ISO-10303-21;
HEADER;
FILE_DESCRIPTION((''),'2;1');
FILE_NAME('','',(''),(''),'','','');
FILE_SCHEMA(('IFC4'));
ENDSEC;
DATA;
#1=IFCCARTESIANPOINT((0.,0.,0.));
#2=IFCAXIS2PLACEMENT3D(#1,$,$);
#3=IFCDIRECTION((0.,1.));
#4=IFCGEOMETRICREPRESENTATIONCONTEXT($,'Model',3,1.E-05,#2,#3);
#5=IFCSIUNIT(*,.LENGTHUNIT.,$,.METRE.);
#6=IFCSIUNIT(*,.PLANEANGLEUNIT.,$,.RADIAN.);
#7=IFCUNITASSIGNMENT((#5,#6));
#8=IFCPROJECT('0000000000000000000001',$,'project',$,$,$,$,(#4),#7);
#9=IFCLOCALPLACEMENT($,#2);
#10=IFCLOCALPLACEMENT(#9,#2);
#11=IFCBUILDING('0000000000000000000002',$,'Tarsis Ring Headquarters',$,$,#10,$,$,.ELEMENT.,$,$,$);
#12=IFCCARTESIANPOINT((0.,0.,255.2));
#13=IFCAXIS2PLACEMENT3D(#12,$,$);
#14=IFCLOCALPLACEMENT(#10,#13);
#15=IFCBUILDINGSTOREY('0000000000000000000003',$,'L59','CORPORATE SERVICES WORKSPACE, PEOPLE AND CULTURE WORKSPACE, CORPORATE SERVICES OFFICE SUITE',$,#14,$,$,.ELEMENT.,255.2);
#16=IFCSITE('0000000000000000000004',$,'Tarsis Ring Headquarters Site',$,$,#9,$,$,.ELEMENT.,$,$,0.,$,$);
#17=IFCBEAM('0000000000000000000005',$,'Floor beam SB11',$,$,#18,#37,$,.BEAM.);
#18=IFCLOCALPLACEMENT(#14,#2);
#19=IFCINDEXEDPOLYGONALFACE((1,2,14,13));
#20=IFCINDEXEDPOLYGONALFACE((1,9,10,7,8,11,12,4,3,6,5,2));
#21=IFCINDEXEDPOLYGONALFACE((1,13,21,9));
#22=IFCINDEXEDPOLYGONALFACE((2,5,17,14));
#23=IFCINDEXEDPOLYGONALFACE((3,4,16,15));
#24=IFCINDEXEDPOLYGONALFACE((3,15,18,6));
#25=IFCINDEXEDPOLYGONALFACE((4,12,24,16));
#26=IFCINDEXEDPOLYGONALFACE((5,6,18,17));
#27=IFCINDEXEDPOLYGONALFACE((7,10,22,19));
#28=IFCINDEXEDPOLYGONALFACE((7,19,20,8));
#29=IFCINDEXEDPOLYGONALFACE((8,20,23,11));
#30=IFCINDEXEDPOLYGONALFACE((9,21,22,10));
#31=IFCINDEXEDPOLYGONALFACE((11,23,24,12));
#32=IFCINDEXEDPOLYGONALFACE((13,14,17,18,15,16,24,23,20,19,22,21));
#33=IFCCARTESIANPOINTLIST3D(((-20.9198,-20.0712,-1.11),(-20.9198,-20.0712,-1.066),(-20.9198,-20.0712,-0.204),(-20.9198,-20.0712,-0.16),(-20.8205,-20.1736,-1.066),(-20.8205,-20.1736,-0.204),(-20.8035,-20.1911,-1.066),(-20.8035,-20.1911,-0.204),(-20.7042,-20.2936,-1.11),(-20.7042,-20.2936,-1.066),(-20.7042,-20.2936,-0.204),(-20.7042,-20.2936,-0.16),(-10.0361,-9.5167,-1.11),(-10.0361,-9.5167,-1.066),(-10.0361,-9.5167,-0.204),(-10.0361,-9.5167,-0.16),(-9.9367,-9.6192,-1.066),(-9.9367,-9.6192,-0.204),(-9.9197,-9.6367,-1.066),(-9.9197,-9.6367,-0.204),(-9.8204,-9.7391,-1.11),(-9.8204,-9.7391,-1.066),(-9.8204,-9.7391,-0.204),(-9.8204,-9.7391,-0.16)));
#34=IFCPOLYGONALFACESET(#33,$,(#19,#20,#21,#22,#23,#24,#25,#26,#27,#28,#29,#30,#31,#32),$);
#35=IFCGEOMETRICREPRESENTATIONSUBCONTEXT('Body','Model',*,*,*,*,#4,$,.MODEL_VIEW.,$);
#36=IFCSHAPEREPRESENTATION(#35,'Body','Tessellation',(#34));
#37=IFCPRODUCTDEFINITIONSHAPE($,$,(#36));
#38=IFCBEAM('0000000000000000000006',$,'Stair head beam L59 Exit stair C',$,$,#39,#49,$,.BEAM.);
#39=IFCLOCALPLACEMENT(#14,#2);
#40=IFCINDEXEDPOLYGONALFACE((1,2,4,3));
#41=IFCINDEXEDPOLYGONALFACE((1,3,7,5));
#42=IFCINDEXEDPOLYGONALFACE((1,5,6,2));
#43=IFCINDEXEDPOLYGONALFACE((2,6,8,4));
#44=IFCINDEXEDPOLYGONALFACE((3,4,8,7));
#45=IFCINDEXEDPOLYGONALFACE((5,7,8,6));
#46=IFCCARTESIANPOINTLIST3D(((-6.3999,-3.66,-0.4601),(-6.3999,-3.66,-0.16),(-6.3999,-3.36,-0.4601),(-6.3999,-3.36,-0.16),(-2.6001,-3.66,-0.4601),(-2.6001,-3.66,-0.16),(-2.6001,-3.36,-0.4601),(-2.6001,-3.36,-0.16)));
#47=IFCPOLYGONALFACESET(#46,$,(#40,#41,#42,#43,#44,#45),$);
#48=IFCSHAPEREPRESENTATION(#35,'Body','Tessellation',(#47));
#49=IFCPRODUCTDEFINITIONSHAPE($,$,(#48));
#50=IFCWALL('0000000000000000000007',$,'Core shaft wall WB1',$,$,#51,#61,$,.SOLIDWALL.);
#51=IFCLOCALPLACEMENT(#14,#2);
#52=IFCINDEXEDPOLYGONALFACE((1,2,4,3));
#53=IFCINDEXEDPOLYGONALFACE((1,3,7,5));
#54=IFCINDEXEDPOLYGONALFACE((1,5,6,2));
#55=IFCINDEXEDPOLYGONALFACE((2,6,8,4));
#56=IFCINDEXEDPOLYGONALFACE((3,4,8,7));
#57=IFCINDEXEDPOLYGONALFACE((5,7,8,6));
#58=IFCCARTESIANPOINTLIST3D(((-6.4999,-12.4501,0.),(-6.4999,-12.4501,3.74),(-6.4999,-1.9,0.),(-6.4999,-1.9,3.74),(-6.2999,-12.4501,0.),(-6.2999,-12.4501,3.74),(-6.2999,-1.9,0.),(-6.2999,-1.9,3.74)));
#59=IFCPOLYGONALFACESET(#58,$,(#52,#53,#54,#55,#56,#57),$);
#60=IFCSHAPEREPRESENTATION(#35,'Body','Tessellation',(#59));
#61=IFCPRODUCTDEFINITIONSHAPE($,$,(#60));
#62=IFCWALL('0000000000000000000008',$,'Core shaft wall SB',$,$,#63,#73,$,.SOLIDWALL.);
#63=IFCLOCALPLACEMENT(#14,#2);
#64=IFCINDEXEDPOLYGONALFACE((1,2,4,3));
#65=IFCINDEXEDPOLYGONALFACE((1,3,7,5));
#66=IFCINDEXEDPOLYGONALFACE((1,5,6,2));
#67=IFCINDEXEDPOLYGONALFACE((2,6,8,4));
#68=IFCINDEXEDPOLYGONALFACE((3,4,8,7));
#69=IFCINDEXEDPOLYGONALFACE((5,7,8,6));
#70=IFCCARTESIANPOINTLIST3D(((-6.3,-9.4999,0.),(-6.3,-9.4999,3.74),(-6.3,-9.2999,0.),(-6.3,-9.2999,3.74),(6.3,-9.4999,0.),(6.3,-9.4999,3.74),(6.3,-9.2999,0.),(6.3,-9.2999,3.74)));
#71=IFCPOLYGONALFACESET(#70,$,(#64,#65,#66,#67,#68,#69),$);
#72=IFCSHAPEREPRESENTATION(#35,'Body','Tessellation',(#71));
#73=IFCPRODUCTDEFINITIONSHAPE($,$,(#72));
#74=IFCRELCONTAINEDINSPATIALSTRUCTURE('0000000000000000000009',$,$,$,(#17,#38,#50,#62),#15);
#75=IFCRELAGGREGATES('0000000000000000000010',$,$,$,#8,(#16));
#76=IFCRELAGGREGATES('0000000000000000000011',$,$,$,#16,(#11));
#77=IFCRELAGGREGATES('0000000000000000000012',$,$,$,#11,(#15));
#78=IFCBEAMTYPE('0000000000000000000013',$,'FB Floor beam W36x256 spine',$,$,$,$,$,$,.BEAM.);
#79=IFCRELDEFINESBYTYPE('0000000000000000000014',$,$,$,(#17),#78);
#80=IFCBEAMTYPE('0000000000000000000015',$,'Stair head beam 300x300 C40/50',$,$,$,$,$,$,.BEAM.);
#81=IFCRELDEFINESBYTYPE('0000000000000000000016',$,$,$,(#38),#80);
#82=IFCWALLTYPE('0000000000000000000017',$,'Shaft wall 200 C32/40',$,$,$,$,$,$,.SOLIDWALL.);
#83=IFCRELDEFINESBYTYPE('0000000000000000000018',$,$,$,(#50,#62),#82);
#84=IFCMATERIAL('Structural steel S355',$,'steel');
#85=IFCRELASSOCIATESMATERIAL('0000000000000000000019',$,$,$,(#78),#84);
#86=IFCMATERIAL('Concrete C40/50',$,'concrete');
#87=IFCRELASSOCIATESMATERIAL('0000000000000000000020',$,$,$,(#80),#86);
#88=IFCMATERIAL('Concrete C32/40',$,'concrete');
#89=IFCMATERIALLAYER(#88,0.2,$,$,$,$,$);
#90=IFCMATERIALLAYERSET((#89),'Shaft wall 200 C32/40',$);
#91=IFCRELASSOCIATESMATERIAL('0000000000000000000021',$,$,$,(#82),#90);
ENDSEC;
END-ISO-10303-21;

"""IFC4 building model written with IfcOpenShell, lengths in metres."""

from ifc_helpers import new_model, si_unit, direction, frame, frame_2d, origin, origin_2d, place, context, subcontext, project, spatial, rectangle, i_section, extrude, material, layer, layer_set, material_profile, profile_set, type_object, element, save


model = new_model("IFC4")

# Units and contexts
model_context = context("Model", 3, precision=1e-05, world=origin(), true_north=direction((0.0, 1.0)))
body_context = subcontext(model_context, "Body", "Model", "MODEL_VIEW")
ifc_project = project(units=[si_unit("LENGTHUNIT", "METRE"), si_unit("PLANEANGLEUNIT", "RADIAN")], contexts=[model_context])

# Site, building, storey
site_placement = place(None, origin())
site = spatial("IfcSite", under=ifc_project, at=site_placement, Name="Tarsis Ring Headquarters Site", CompositionType="ELEMENT", RefElevation=0.0)
building_placement = place(site_placement, origin())
building = spatial("IfcBuilding", under=site, at=building_placement, Name="Tarsis Ring Headquarters", CompositionType="ELEMENT")
storey_placement = place(building_placement, frame((0.0, 0.0, 255.2)))
storey = spatial("IfcBuildingStorey", under=building, at=storey_placement, Name="L59", Description="CORPORATE SERVICES WORKSPACE, PEOPLE AND CULTURE WORKSPACE, CORPORATE SERVICES OFFICE SUITE", CompositionType="ELEMENT", Elevation=255.2)

# Beams
ifc_material_1 = material(Name="Structural steel S355", Category="steel")
ifc_material_profile_1 = material_profile(ifc_material_1, i_section(OverallWidth=0.3098, OverallDepth=0.95, WebThickness=0.0244, FlangeThickness=0.0439, at=origin_2d()), Name="W36x256")
ifc_profile_set_1 = profile_set([ifc_material_profile_1], Name="Structural steel S355")
beam_type_1 = type_object("IfcBeamType", Name="FB Floor beam W36x256 spine", PredefinedType="BEAM", material=ifc_profile_set_1)
beam_1_placement = place(storey_placement, frame((-9.9282, -9.6279, -0.635), z_axis=(-0.717885, -0.696162, 0.0), x_axis=(0.696162, -0.717885, 0.0)))
element("IfcBeam", 1, at=beam_1_placement, inside=storey, type_object=beam_type_1, Name="Floor beam SB11", PredefinedType="BEAM", context=body_context, shape_type="SweptSolid", body=[
    extrude(i_section(OverallWidth=0.3098, OverallDepth=0.95, WebThickness=0.0244, FlangeThickness=0.0439, at=origin_2d()), origin(), (0.0, 0.0, 1.0), 15.1609),
])
ifc_material_2 = material(Name="Concrete C40/50", Category="concrete")
ifc_material_profile_2 = material_profile(ifc_material_2, rectangle(XDim=0.3, YDim=0.3, at=origin_2d()), Name="Stair head beam 300x300 C40/50")
ifc_profile_set_2 = profile_set([ifc_material_profile_2], Name="Concrete C40/50")
beam_type_2 = type_object("IfcBeamType", Name="Stair head beam 300x300 C40/50", PredefinedType="BEAM", material=ifc_profile_set_2)
beam_2_placement = place(storey_placement, frame((-6.3999, -3.51, -0.3101), z_axis=(1.0, 0.0, 0.0), x_axis=(0.0, 1.0, 0.0)))
element("IfcBeam", 2, at=beam_2_placement, inside=storey, type_object=beam_type_2, Name="Stair head beam L59 Exit stair C", PredefinedType="BEAM", context=body_context, shape_type="SweptSolid", body=[
    extrude(rectangle(XDim=0.3, YDim=0.3, at=origin_2d()), origin(), (0.0, 0.0, 1.0), 3.7998),
])

# Walls
ifc_material_3 = material(Name="Concrete C32/40", Category="concrete")
ifc_layer = layer(ifc_material_3, 0.2)
ifc_layer_set = layer_set([ifc_layer], Name="Shaft wall 200 C32/40")
wall_type = type_object("IfcWallType", Name="Shaft wall 200 C32/40", PredefinedType="SOLIDWALL", material=ifc_layer_set)
wall_1_placement = place(storey_placement, frame((-6.3999, -12.45, 0.0), z_axis=(0.0, 0.0, 1.0), x_axis=(0.0, 1.0, 0.0)))
element("IfcWall", 3, at=wall_1_placement, inside=storey, type_object=wall_type, Name="Core shaft wall WB1", PredefinedType="SOLIDWALL", context=body_context, shape_type="SweptSolid", body=[
    extrude(rectangle(XDim=10.55, YDim=0.2, at=frame_2d((5.2749, 0.0))), origin(), (0.0, 0.0, 1.0), 3.74),
])
wall_2_placement = place(storey_placement, frame((-6.3, -9.3999, 0.0), z_axis=(0.0, 0.0, 1.0), x_axis=(1.0, 0.0, 0.0)))
element("IfcWall", 4, at=wall_2_placement, inside=storey, type_object=wall_type, Name="Core shaft wall SB", PredefinedType="SOLIDWALL", context=body_context, shape_type="SweptSolid", body=[
    extrude(rectangle(XDim=12.6001, YDim=0.2, at=frame_2d((6.3, 0.0))), origin(), (0.0, 0.0, 1.0), 3.74),
])

save(model, "model.ifc")
